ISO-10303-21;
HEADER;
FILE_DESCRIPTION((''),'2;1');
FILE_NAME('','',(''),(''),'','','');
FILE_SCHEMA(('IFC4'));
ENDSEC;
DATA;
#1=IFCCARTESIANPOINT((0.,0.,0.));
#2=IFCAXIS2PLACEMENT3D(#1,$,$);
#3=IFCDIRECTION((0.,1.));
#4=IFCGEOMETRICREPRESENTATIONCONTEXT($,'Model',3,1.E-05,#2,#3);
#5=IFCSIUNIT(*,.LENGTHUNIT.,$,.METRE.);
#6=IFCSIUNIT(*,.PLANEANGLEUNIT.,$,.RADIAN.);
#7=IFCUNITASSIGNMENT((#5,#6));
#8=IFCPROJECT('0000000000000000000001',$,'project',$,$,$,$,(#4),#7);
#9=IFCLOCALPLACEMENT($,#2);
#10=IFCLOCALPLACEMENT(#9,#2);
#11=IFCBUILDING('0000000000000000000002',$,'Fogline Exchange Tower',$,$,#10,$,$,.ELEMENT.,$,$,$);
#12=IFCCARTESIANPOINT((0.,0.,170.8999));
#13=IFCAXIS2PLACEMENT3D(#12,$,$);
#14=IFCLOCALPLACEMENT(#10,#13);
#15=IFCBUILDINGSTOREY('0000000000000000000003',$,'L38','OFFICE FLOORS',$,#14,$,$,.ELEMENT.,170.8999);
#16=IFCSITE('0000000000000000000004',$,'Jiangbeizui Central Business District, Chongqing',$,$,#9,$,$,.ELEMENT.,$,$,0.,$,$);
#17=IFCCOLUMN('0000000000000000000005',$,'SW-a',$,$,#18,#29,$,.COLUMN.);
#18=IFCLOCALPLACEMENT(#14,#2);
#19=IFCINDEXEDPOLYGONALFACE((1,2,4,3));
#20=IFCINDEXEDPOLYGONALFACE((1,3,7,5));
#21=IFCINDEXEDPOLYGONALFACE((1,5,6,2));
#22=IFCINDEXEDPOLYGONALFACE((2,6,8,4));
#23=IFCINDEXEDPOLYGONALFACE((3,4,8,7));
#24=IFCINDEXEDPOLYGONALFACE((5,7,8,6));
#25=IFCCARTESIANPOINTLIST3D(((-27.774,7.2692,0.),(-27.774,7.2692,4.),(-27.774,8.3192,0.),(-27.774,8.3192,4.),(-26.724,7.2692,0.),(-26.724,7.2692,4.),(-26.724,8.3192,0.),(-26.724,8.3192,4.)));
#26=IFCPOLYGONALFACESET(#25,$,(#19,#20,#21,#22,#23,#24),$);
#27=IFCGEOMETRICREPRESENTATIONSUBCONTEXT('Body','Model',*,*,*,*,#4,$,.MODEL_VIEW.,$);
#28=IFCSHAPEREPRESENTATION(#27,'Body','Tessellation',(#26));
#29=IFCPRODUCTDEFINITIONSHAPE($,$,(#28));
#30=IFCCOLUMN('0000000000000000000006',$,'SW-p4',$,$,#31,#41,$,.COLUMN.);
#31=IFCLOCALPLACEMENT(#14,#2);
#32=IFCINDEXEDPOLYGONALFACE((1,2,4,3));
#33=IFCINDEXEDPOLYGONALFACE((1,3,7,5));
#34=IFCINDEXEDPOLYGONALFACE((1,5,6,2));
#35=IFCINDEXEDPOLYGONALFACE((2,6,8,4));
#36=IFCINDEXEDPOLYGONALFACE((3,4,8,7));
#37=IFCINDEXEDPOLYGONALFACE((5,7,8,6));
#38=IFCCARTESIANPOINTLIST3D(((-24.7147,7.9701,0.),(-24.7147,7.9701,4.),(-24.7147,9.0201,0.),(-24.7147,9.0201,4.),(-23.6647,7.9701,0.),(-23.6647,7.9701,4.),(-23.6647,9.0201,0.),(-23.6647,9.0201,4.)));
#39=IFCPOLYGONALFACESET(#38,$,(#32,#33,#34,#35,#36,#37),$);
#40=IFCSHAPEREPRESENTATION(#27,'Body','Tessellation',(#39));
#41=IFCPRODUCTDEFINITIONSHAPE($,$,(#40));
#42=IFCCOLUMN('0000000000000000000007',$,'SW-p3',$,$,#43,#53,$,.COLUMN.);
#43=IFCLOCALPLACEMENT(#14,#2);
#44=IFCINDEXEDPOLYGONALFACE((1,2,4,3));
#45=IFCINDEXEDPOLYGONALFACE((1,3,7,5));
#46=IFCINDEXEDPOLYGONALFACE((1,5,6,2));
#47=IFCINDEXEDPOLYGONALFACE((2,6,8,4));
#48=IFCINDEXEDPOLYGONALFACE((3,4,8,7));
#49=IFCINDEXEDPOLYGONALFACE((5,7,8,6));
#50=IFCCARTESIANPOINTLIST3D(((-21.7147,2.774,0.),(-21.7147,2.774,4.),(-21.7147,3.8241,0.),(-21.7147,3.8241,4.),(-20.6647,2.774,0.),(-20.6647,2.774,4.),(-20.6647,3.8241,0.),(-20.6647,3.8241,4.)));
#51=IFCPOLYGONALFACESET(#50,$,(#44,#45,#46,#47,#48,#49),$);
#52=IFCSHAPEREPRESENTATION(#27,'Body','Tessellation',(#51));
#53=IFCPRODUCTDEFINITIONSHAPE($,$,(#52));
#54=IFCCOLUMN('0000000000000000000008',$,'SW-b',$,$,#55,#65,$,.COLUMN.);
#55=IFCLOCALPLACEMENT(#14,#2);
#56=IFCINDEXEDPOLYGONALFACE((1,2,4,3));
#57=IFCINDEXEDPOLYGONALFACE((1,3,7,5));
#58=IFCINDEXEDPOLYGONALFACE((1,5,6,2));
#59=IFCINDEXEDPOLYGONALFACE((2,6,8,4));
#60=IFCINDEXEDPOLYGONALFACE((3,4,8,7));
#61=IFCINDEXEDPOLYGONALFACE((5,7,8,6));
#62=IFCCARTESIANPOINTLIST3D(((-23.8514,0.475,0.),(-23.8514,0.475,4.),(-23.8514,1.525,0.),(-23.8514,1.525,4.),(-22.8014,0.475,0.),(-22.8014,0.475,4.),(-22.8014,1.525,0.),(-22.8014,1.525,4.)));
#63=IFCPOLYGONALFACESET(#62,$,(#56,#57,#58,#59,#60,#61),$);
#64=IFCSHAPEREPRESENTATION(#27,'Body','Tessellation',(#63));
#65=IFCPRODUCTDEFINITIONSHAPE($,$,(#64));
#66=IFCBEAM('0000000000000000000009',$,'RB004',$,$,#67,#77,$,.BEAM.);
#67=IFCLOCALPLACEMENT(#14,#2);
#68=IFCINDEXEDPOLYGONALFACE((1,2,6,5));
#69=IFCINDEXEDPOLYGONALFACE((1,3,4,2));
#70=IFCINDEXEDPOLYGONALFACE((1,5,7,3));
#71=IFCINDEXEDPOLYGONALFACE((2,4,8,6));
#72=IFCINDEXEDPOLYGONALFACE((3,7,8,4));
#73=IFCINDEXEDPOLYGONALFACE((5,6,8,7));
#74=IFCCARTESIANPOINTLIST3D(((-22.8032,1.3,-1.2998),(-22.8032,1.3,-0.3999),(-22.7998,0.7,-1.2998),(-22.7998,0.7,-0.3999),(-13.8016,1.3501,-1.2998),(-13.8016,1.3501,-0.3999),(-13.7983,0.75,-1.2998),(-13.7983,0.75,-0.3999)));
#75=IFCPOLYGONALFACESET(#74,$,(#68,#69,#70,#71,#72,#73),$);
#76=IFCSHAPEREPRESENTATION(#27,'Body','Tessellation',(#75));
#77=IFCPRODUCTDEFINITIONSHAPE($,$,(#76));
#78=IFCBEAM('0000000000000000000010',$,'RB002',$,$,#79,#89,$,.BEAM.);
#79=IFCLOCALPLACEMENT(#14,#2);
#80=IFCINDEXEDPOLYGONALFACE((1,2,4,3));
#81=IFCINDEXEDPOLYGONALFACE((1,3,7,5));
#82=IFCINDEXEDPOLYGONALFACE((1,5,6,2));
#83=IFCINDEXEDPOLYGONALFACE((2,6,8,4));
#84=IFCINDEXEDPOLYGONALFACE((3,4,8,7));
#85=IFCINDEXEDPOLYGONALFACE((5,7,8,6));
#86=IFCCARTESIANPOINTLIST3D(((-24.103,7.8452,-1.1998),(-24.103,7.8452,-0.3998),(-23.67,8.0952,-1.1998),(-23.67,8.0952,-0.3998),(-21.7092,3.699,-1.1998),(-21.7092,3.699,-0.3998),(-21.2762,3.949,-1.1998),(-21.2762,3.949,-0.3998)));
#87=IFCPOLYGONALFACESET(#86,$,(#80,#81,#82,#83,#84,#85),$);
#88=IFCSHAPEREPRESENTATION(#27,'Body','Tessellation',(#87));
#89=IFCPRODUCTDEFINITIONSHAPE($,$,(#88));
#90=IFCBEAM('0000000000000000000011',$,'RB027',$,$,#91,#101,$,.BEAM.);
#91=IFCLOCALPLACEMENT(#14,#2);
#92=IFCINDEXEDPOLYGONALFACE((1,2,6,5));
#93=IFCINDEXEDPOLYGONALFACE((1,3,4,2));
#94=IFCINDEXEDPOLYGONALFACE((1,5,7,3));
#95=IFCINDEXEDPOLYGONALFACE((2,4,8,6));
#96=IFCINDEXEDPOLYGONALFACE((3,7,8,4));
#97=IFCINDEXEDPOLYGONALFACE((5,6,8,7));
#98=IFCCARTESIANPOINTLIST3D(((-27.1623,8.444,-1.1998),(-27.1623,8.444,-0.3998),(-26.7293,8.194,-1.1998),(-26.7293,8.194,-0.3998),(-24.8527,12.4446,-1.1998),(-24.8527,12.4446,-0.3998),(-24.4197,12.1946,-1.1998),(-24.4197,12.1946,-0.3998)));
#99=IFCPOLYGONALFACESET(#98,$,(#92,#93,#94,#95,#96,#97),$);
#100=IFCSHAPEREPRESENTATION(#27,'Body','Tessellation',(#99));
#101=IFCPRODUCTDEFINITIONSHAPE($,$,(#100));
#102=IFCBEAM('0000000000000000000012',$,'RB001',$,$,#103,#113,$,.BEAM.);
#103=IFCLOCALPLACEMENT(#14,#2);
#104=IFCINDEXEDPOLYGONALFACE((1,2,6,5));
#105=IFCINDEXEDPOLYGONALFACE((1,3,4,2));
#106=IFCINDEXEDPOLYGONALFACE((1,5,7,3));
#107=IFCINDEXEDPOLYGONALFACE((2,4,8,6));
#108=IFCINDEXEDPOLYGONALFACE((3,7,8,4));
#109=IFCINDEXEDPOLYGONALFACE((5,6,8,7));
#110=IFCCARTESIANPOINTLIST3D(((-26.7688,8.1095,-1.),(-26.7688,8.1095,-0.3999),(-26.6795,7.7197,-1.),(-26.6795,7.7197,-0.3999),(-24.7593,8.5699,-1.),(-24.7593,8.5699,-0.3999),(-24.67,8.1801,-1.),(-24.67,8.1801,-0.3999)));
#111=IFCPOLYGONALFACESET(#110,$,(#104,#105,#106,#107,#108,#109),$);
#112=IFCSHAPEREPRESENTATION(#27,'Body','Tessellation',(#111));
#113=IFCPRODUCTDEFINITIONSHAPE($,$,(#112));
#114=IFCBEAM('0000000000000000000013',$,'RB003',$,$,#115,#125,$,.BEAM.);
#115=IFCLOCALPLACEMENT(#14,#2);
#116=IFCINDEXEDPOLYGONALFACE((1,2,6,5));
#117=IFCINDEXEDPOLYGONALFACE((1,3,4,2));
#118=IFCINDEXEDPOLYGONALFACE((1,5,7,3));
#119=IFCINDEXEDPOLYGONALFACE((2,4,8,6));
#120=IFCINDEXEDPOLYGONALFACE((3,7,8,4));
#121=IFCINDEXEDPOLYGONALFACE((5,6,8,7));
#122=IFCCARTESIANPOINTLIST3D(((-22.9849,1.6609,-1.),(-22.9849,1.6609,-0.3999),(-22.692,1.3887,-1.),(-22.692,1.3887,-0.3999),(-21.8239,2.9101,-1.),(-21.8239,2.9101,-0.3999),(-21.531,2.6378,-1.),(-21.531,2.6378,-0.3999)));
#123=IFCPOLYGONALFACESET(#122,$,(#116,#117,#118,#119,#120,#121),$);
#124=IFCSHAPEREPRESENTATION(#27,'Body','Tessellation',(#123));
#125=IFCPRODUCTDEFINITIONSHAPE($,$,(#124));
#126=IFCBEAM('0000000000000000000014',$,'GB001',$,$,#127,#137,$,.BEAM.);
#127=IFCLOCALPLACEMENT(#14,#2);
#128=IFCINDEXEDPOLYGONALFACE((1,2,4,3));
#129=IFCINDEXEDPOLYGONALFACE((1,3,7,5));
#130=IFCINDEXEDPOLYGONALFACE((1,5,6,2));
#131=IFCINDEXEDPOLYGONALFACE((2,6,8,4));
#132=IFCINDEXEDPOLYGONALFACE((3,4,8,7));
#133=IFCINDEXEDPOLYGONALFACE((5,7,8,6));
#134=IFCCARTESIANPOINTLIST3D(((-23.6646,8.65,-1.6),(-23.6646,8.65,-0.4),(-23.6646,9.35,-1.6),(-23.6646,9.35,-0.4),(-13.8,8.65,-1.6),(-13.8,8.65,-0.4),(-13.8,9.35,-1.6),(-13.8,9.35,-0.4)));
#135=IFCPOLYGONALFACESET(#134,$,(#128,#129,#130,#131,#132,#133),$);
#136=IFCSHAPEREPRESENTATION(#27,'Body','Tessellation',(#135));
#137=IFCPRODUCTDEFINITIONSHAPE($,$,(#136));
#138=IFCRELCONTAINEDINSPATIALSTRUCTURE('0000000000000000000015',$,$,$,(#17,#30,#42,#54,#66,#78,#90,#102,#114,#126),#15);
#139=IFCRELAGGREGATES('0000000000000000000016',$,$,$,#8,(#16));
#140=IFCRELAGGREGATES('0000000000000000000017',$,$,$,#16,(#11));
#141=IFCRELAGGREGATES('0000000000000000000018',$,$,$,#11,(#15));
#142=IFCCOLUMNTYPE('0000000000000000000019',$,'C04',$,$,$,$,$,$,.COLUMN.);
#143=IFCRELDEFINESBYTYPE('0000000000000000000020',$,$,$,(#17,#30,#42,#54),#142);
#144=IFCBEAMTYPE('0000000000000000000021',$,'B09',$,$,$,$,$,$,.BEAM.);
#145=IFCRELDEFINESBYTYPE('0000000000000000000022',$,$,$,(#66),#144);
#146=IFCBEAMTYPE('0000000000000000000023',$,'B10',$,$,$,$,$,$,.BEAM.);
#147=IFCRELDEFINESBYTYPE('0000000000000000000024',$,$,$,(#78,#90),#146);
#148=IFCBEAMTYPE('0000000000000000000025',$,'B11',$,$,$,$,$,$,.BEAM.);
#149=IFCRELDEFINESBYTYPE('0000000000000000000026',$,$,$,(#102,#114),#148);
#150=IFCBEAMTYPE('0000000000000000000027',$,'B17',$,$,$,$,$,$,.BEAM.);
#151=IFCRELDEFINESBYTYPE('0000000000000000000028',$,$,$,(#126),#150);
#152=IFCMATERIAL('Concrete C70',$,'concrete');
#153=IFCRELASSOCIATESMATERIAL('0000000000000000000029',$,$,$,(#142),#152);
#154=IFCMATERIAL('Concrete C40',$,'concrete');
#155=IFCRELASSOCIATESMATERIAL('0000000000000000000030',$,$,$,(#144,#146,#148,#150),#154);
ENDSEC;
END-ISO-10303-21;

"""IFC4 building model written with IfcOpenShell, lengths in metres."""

from ifc_helpers import new_model, si_unit, direction, frame, origin, origin_2d, place, context, subcontext, project, spatial, rectangle, extrude, material, material_profile, profile_set, type_object, element, save


model = new_model("IFC4")

# Units and contexts
model_context = context("Model", 3, precision=1e-05, world=origin(), true_north=direction((0.0, 1.0)))
body_context = subcontext(model_context, "Body", "Model", "MODEL_VIEW")
ifc_project = project(units=[si_unit("LENGTHUNIT", "METRE"), si_unit("PLANEANGLEUNIT", "RADIAN")], contexts=[model_context])

# Site, building, storey
site_placement = place(None, origin())
site = spatial("IfcSite", under=ifc_project, at=site_placement, Name="Jiangbeizui Central Business District, Chongqing", CompositionType="ELEMENT", RefElevation=0.0)
building_placement = place(site_placement, origin())
building = spatial("IfcBuilding", under=site, at=building_placement, Name="Fogline Exchange Tower", CompositionType="ELEMENT")
storey_placement = place(building_placement, frame((0.0, 0.0, 170.8999)))
storey = spatial("IfcBuildingStorey", under=building, at=storey_placement, Name="L38", Description="OFFICE FLOORS", CompositionType="ELEMENT", Elevation=170.8999)

# Columns
ifc_material_1 = material(Name="Concrete C70", Category="concrete")
ifc_material_profile_1 = material_profile(ifc_material_1, rectangle(XDim=1.05, YDim=1.05, at=origin_2d()), Name="RC 1050x1050")
ifc_profile_set_1 = profile_set([ifc_material_profile_1], Name="Concrete C70")
column_type = type_object("IfcColumnType", Name="C04", PredefinedType="COLUMN", material=ifc_profile_set_1)
for number, where, z_axis, x_axis, name in (
    (1, (-27.249, 7.7942, 0.0), (0.0, 0.0, 1.0), (1.0, 0.0, 0.0), "SW-a"),
    (2, (-24.1897, 8.4951, 0.0), (0.0, 0.0, 1.0), (1.0, 0.0, 0.0), "SW-p4"),
    (3, (-21.1897, 3.2991, 0.0), (0.0, 0.0, 1.0), (1.0, 0.0, 0.0), "SW-p3"),
    (4, (-23.3264, 1.0, 0.0), (0.0, 0.0, 1.0), (1.0, 0.0, 0.0), "SW-b"),
):
    element("IfcColumn", number, at=place(storey_placement, frame(where, z_axis=z_axis, x_axis=x_axis)), inside=storey, type_object=column_type, Name=name, PredefinedType="COLUMN", context=body_context, shape_type="SweptSolid", body=[
        extrude(rectangle(XDim=1.05, YDim=1.05, at=origin_2d()), origin(), (0.0, 0.0, 1.0), 4.0),
    ])

# Beams
ifc_material_2 = material(Name="Concrete C40", Category="concrete")
ifc_material_profile_2 = material_profile(ifc_material_2, rectangle(XDim=0.6001, YDim=0.8999, at=origin_2d()), Name="RC 600x900")
ifc_profile_set_2 = profile_set([ifc_material_profile_2], Name="Concrete C40")
beam_type_1 = type_object("IfcBeamType", Name="B09", PredefinedType="BEAM", material=ifc_profile_set_2)
beam_1_placement = place(storey_placement, frame((-22.8015, 1.0, -0.8499), z_axis=(0.999985, 0.00556, 0.0), x_axis=(-0.00556, 0.999985, 0.0)))
element("IfcBeam", 5, at=beam_1_placement, inside=storey, type_object=beam_type_1, Name="RB004", PredefinedType="BEAM", context=body_context, shape_type="SweptSolid", body=[
    extrude(rectangle(XDim=0.6001, YDim=0.8999, at=origin_2d()), origin(), (0.0, 0.0, 1.0), 9.0017),
])
ifc_material_profile_3 = material_profile(ifc_material_2, rectangle(XDim=0.5, YDim=0.8, at=origin_2d()), Name="RC 500x800")
ifc_profile_set_3 = profile_set([ifc_material_profile_3], Name="Concrete C40")
beam_type_2 = type_object("IfcBeamType", Name="B10", PredefinedType="BEAM", material=ifc_profile_set_3)
beam_2_placement = place(storey_placement, frame((-23.8865, 7.9702, -0.7998), z_axis=(0.499995, -0.866028, 0.0), x_axis=(0.866028, 0.499995, 0.0)))
element("IfcBeam", 6, at=beam_2_placement, inside=storey, type_object=beam_type_2, Name="RB002", PredefinedType="BEAM", context=body_context, shape_type="SweptSolid", body=[
    extrude(rectangle(XDim=0.5, YDim=0.8, at=origin_2d()), origin(), (0.0, 0.0, 1.0), 4.7876),
])
beam_3_placement = place(storey_placement, frame((-24.6362, 12.3196, -0.7998), z_axis=(-0.499982, -0.866036, 0.0), x_axis=(0.866036, -0.499982, 0.0)))
element("IfcBeam", 7, at=beam_3_placement, inside=storey, type_object=beam_type_2, Name="RB027", PredefinedType="BEAM", context=body_context, shape_type="SweptSolid", body=[
    extrude(rectangle(XDim=0.5, YDim=0.8, at=origin_2d()), origin(), (0.0, 0.0, 1.0), 4.6194),
])
ifc_material_profile_4 = material_profile(ifc_material_2, rectangle(XDim=0.3999, YDim=0.6001, at=origin_2d()), Name="RC 400x600")
ifc_profile_set_4 = profile_set([ifc_material_profile_4], Name="Concrete C40")
beam_type_3 = type_object("IfcBeamType", Name="B11", PredefinedType="BEAM", material=ifc_profile_set_4)
beam_4_placement = place(storey_placement, frame((-26.7241, 7.9146, -0.7), z_axis=(0.974739, 0.223346, 0.0), x_axis=(-0.223346, 0.974739, 0.0)))
element("IfcBeam", 8, at=beam_4_placement, inside=storey, type_object=beam_type_3, Name="RB001", PredefinedType="BEAM", context=body_context, shape_type="SweptSolid", body=[
    extrude(rectangle(XDim=0.3999, YDim=0.6001, at=origin_2d()), origin(), (0.0, 0.0, 1.0), 2.0615),
])
beam_5_placement = place(storey_placement, frame((-21.6775, 2.7739, -0.7), z_axis=(-0.680792, -0.732477, 0.0), x_axis=(0.732477, -0.680792, 0.0)))
element("IfcBeam", 9, at=beam_5_placement, inside=storey, type_object=beam_type_3, Name="RB003", PredefinedType="BEAM", context=body_context, shape_type="SweptSolid", body=[
    extrude(rectangle(XDim=0.3999, YDim=0.6001, at=origin_2d()), origin(), (0.0, 0.0, 1.0), 1.7053),
])
ifc_material_profile_5 = material_profile(ifc_material_2, rectangle(XDim=0.7, YDim=1.2, at=origin_2d()), Name="RC 700x1200")
ifc_profile_set_5 = profile_set([ifc_material_profile_5], Name="Concrete C40")
beam_type_4 = type_object("IfcBeamType", Name="B17", PredefinedType="BEAM", material=ifc_profile_set_5)
beam_6_placement = place(storey_placement, frame((-23.6646, 9.0, -1.0), z_axis=(1.0, 0.0, 0.0), x_axis=(0.0, 1.0, 0.0)))
element("IfcBeam", 10, at=beam_6_placement, inside=storey, type_object=beam_type_4, Name="GB001", PredefinedType="BEAM", context=body_context, shape_type="SweptSolid", body=[
    extrude(rectangle(XDim=0.7, YDim=1.2, at=origin_2d()), origin(), (0.0, 0.0, 1.0), 9.8645),
])

save(model, "model.ifc")
